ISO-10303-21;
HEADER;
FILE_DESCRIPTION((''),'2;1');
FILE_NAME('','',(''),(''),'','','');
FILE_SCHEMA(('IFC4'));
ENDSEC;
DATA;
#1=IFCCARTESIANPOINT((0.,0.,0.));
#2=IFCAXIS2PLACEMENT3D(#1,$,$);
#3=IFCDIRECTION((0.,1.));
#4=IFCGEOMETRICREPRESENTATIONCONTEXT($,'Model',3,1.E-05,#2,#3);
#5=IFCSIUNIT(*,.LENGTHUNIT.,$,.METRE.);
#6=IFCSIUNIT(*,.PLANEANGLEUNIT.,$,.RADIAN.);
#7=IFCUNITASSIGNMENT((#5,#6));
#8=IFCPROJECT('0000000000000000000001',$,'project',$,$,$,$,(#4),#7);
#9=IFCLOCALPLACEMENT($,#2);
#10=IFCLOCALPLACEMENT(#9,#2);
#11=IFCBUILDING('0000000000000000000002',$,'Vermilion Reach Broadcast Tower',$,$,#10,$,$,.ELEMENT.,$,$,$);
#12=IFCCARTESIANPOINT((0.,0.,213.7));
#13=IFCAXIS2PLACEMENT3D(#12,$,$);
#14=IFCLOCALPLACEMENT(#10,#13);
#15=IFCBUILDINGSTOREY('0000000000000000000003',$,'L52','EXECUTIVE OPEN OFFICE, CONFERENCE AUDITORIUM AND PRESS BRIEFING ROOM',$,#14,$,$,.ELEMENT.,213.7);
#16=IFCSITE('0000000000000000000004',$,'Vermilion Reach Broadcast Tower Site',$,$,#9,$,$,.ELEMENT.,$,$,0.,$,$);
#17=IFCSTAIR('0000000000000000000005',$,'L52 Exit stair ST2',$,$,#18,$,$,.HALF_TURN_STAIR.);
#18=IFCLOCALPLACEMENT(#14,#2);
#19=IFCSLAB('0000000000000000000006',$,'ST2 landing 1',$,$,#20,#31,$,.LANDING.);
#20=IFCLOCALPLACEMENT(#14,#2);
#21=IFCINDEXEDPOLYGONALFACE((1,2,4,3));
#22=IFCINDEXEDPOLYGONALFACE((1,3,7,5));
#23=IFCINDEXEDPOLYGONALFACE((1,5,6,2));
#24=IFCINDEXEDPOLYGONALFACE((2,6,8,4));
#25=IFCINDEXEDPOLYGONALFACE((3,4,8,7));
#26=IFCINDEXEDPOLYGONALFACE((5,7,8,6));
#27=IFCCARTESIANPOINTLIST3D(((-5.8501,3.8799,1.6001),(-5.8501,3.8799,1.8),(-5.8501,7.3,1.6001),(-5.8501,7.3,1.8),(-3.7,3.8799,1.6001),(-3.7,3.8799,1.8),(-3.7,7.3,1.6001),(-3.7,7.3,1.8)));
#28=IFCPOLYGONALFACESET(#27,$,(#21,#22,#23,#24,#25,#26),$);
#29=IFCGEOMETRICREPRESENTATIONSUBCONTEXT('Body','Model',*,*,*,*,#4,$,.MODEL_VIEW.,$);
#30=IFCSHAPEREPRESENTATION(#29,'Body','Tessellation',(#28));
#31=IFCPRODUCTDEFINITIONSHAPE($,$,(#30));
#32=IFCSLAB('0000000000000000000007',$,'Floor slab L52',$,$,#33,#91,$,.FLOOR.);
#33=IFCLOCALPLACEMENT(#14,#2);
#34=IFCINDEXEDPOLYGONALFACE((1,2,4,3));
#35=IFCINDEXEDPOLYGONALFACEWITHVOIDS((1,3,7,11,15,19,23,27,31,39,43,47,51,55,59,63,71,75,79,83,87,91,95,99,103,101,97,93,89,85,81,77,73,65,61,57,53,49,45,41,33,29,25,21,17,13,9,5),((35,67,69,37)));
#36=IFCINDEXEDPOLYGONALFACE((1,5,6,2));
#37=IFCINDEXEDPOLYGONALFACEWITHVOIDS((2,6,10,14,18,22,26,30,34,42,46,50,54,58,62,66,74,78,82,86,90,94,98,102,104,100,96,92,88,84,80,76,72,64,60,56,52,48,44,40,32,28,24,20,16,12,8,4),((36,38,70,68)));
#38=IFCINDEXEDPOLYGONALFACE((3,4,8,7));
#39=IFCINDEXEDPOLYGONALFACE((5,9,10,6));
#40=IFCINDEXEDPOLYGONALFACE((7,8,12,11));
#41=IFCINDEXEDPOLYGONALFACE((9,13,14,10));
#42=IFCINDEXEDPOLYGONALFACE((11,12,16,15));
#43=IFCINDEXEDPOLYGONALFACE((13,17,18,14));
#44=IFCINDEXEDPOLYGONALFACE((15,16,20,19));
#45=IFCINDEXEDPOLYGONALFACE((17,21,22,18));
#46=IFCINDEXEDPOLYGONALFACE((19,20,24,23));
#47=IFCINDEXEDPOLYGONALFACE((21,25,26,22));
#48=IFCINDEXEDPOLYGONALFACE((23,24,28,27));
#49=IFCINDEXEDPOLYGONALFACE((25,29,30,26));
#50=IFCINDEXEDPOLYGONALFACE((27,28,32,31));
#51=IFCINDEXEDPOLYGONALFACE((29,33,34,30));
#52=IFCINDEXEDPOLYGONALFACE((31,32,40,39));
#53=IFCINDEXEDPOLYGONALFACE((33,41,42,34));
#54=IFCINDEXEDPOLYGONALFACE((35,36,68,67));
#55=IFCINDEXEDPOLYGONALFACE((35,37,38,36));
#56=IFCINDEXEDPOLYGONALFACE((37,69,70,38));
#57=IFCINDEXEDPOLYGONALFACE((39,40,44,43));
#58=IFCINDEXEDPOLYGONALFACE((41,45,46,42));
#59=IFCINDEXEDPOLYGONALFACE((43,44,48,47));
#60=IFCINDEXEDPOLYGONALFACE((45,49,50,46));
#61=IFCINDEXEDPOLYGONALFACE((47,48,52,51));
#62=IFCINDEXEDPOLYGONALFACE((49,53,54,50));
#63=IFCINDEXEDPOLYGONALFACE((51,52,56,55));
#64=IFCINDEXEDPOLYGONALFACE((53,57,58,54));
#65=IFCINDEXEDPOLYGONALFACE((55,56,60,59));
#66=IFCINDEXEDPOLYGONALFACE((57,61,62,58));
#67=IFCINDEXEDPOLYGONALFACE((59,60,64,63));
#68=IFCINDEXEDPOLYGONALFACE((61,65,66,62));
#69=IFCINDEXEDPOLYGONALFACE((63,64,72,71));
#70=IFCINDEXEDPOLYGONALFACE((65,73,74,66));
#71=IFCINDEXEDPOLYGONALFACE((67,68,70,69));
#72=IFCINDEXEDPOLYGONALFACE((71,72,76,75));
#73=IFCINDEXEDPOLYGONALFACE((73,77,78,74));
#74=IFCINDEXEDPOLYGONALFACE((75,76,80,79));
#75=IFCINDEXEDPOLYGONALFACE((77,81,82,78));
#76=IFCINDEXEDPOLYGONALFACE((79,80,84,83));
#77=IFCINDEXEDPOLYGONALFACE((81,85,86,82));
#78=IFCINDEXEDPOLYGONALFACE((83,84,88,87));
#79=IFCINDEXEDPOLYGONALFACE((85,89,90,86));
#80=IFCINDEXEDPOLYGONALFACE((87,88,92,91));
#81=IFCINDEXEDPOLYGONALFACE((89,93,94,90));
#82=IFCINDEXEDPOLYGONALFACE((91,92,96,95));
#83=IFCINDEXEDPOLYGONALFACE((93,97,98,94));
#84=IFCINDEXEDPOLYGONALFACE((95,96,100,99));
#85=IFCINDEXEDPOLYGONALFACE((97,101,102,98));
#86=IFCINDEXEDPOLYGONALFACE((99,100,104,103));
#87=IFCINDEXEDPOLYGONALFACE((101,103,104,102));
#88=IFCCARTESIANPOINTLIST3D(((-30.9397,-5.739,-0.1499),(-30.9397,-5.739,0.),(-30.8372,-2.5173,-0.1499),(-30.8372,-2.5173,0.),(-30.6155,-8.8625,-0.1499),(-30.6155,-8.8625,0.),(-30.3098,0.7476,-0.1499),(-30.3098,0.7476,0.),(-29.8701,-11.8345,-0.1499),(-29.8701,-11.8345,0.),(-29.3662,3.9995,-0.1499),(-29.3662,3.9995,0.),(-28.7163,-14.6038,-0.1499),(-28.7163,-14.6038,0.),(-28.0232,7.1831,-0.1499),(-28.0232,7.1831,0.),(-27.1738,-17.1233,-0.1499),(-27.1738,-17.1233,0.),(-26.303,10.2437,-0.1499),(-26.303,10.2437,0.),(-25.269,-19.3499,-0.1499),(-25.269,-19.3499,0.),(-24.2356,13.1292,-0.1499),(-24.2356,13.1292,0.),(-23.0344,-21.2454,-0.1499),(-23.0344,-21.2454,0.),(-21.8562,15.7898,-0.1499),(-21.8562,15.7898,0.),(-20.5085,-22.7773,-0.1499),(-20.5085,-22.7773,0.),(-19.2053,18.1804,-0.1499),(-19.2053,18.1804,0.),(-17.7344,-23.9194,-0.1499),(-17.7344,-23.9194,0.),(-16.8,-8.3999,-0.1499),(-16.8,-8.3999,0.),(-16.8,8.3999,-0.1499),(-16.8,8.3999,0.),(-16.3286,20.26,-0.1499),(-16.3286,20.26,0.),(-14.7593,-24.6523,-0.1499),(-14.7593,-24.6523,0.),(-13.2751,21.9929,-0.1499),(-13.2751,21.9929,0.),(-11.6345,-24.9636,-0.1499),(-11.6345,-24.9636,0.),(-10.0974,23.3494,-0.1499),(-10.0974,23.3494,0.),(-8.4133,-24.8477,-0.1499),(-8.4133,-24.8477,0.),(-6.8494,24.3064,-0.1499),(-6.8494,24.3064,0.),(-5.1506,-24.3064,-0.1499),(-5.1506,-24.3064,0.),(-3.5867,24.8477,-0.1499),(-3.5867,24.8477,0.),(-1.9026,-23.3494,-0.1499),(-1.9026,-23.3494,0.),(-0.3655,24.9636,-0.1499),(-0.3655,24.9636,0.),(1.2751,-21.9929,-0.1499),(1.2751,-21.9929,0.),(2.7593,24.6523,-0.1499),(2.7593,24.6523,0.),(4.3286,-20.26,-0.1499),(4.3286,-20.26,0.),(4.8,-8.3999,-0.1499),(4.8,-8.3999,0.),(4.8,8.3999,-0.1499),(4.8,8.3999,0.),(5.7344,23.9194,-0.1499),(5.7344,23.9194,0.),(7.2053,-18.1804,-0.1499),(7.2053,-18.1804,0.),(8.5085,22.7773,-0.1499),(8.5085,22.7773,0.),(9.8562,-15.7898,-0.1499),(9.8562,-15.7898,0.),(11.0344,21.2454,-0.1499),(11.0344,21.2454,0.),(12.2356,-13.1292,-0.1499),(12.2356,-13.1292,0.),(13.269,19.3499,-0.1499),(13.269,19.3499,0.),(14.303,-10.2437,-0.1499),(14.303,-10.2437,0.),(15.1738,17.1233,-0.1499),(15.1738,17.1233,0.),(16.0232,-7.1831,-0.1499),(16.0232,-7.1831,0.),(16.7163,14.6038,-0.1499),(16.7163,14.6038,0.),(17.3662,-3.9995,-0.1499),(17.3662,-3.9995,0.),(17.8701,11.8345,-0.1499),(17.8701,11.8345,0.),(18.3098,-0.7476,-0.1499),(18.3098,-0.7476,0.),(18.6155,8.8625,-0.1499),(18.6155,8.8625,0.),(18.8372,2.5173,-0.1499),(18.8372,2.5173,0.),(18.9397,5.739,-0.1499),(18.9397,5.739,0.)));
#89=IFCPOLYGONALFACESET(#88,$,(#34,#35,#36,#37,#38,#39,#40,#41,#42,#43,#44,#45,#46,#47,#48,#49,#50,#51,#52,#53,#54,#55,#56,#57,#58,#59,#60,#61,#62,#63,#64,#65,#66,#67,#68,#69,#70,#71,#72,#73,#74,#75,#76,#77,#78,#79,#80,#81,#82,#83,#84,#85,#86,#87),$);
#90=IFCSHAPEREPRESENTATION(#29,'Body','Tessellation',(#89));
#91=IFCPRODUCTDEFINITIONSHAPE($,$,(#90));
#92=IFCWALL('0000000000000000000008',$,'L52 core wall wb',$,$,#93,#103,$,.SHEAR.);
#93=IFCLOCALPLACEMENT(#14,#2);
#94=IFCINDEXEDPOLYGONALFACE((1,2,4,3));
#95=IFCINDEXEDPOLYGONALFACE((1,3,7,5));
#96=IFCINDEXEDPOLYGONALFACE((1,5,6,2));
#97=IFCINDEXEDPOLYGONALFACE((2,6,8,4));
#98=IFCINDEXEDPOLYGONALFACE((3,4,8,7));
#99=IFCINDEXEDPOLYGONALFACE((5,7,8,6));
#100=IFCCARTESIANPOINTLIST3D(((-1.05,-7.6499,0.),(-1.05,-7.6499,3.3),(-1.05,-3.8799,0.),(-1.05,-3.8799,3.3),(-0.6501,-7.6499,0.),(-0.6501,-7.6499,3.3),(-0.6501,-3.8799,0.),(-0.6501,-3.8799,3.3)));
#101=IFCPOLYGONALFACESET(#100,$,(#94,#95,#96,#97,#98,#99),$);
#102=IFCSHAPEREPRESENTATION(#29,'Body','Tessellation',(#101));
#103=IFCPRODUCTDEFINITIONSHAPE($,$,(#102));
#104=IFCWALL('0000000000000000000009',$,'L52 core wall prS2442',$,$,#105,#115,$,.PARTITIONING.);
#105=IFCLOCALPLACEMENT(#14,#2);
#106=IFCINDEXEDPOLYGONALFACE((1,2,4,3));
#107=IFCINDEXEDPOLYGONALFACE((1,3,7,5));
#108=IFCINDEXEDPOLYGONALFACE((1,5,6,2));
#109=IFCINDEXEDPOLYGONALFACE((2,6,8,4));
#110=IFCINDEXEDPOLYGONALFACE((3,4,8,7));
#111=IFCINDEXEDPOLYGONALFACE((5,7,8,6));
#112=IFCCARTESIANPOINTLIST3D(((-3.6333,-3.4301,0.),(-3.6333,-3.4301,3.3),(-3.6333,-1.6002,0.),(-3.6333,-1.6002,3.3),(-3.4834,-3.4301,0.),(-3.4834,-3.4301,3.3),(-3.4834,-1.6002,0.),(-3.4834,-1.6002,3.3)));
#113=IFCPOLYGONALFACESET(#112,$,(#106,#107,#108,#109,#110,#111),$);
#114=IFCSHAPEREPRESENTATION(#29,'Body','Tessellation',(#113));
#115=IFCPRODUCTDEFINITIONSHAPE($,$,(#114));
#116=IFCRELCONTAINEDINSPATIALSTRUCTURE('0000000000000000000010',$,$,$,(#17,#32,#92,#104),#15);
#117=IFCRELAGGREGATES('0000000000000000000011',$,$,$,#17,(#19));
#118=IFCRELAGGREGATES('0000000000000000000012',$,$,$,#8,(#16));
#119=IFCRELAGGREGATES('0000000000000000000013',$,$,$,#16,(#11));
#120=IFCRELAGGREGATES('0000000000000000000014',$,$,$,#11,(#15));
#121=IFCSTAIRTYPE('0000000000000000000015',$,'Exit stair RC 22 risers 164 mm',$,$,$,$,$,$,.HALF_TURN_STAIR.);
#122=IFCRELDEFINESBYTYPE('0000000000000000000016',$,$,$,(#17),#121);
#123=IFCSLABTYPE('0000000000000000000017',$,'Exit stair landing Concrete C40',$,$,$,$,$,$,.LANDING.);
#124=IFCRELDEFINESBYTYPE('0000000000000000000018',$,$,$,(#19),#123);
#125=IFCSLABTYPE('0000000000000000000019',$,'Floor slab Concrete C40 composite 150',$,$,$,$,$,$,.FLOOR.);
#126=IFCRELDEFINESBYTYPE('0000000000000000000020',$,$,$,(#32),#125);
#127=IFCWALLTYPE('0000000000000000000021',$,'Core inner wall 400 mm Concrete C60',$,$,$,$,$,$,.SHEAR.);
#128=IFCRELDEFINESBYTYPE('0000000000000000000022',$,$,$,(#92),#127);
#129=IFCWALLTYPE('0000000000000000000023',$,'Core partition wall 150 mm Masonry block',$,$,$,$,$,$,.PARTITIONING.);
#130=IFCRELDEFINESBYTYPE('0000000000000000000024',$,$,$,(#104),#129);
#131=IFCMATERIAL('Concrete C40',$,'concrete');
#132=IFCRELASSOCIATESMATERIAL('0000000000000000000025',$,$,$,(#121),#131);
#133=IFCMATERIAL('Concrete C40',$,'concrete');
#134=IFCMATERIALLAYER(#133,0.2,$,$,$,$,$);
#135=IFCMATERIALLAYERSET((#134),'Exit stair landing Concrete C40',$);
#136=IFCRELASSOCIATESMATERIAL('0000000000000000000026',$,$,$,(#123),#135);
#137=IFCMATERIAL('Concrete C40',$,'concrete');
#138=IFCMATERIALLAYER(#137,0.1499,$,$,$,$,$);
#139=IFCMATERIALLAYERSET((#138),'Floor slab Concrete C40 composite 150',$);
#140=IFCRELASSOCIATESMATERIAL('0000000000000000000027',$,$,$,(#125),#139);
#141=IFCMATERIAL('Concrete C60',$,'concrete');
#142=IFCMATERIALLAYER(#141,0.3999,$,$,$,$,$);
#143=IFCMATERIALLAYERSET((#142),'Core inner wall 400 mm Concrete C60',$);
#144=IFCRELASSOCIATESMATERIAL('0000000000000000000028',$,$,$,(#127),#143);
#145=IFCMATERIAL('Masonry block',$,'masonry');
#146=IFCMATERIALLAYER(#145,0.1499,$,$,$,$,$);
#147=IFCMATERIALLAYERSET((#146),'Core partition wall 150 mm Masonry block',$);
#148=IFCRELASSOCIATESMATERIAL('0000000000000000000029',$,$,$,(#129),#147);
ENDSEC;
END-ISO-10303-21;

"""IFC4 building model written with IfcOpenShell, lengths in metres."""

from ifc_helpers import new_model, si_unit, direction, frame, frame_2d, origin, place, context, subcontext, project, spatial, polyline, rectangle, outline, extrude, material, layer, layer_set, type_object, element, aggregate, save


model = new_model("IFC4")

# Units and contexts
model_context = context("Model", 3, precision=1e-05, world=origin(), true_north=direction((0.0, 1.0)))
body_context = subcontext(model_context, "Body", "Model", "MODEL_VIEW")
ifc_project = project(units=[si_unit("LENGTHUNIT", "METRE"), si_unit("PLANEANGLEUNIT", "RADIAN")], contexts=[model_context])

# Site, building, storey
site_placement = place(None, origin())
site = spatial("IfcSite", under=ifc_project, at=site_placement, Name="Vermilion Reach Broadcast Tower Site", CompositionType="ELEMENT", RefElevation=0.0)
building_placement = place(site_placement, origin())
building = spatial("IfcBuilding", under=site, at=building_placement, Name="Vermilion Reach Broadcast Tower", CompositionType="ELEMENT")
storey_placement = place(building_placement, frame((0.0, 0.0, 213.7)))
storey = spatial("IfcBuildingStorey", under=building, at=storey_placement, Name="L52", Description="EXECUTIVE OPEN OFFICE, CONFERENCE AUDITORIUM AND PRESS BRIEFING ROOM", CompositionType="ELEMENT", Elevation=213.7)

# Stair, slab
ifc_material_1 = material(Name="Concrete C40", Category="concrete")
stair_type = type_object("IfcStairType", Name="Exit stair RC 22 risers 164 mm", PredefinedType="HALF_TURN_STAIR", material=ifc_material_1)
placement_1 = place(storey_placement, origin())
ifc_material_2 = material(Name="Concrete C40", Category="concrete")
ifc_layer_1 = layer(ifc_material_2, 0.2)
ifc_layer_set_1 = layer_set([ifc_layer_1], Name="Exit stair landing Concrete C40")
slab_type_1 = type_object("IfcSlabType", Name="Exit stair landing Concrete C40", PredefinedType="LANDING", material=ifc_layer_set_1)
placement_2 = place(storey_placement, frame((0.0, 0.0, 1.6001)))
stair_1 = element("IfcStair", 1, at=placement_1, inside=storey, type_object=stair_type, Name="L52 Exit stair ST2", PredefinedType="HALF_TURN_STAIR")
slab_1 = element("IfcSlab", 2, at=placement_2, type_object=slab_type_1, Name="ST2 landing 1", PredefinedType="LANDING", context=body_context, shape_type="SweptSolid", body=[
    extrude(outline(polyline([(-3.7, 7.3), (-5.8501, 7.3), (-5.8501, 3.8799), (-3.7, 3.8799), (-3.7, 7.3)])), origin(), (0.0, 0.0, 1.0), 0.2),
])
aggregate(stair_1, [slab_1])

# Slab
ifc_material_3 = material(Name="Concrete C40", Category="concrete")
ifc_layer_2 = layer(ifc_material_3, 0.1499)
ifc_layer_set_2 = layer_set([ifc_layer_2], Name="Floor slab Concrete C40 composite 150")
slab_type_2 = type_object("IfcSlabType", Name="Floor slab Concrete C40 composite 150", PredefinedType="FLOOR", material=ifc_layer_set_2)
slab_2_placement = place(storey_placement, frame((0.0, 0.0, -0.1499)))
element("IfcSlab", 3, at=slab_2_placement, inside=storey, type_object=slab_type_2, Name="Floor slab L52", PredefinedType="FLOOR", context=body_context, shape_type="SweptSolid", body=[
    extrude(outline(polyline([(13.269, 19.3499), (11.0344, 21.2454), (8.5085, 22.7773), (5.7344, 23.9194), (2.7593, 24.6523), (-0.3655, 24.9636), (-3.5867, 24.8477), (-6.8494, 24.3064), (-10.0974, 23.3494), (-13.2751, 21.9929), (-16.3286, 20.26), (-19.2053, 18.1804), (-21.8562, 15.7898), (-24.2356, 13.1292), (-26.303, 10.2437), (-28.0232, 7.1831), (-29.3662, 3.9995), (-30.3098, 0.7476), (-30.8372, -2.5173), (-30.9397, -5.739), (-30.6155, -8.8625), (-29.8701, -11.8345), (-28.7163, -14.6038), (-27.1738, -17.1233), (-25.269, -19.3499), (-23.0344, -21.2454), (-20.5085, -22.7773), (-17.7344, -23.9194), (-14.7593, -24.6523), (-11.6345, -24.9636), (-8.4133, -24.8477), (-5.1506, -24.3064), (-1.9026, -23.3494), (1.2751, -21.9929), (4.3286, -20.26), (7.2053, -18.1804), (9.8562, -15.7898), (12.2356, -13.1292), (14.303, -10.2437), (16.0232, -7.1831), (17.3662, -3.9995), (18.3098, -0.7476), (18.8372, 2.5173), (18.9397, 5.739), (18.6155, 8.8625), (17.8701, 11.8345), (16.7163, 14.6038), (15.1738, 17.1233), (13.269, 19.3499)]), holes=[polyline([(-16.8, -8.3999), (4.8, -8.3999), (4.8, 8.3999), (-16.8, 8.3999), (-16.8, -8.3999)])]), origin(), (0.0, 0.0, 1.0), 0.1499),
])

# Walls
ifc_material_4 = material(Name="Concrete C60", Category="concrete")
ifc_layer_3 = layer(ifc_material_4, 0.3999)
ifc_layer_set_3 = layer_set([ifc_layer_3], Name="Core inner wall 400 mm Concrete C60")
wall_type_1 = type_object("IfcWallType", Name="Core inner wall 400 mm Concrete C60", PredefinedType="SHEAR", material=ifc_layer_set_3)
wall_1_placement = place(storey_placement, frame((-0.8501, -3.8799, 0.0), z_axis=(0.0, 0.0, 1.0), x_axis=(0.0, -1.0, 0.0)))
element("IfcWall", 4, at=wall_1_placement, inside=storey, type_object=wall_type_1, Name="L52 core wall wb", PredefinedType="SHEAR", context=body_context, shape_type="SweptSolid", body=[
    extrude(rectangle(XDim=3.77, YDim=0.3999, at=frame_2d((1.885, 0.0))), origin(), (0.0, 0.0, 1.0), 3.3),
])
ifc_material_5 = material(Name="Masonry block", Category="masonry")
ifc_layer_4 = layer(ifc_material_5, 0.1499)
ifc_layer_set_4 = layer_set([ifc_layer_4], Name="Core partition wall 150 mm Masonry block")
wall_type_2 = type_object("IfcWallType", Name="Core partition wall 150 mm Masonry block", PredefinedType="PARTITIONING", material=ifc_layer_set_4)
wall_2_placement = place(storey_placement, frame((-3.5583, -1.6001, 0.0), z_axis=(0.0, 0.0, 1.0), x_axis=(0.0, -1.0, 0.0)))
element("IfcWall", 5, at=wall_2_placement, inside=storey, type_object=wall_type_2, Name="L52 core wall prS2442", PredefinedType="PARTITIONING", context=body_context, shape_type="SweptSolid", body=[
    extrude(rectangle(XDim=1.8298, YDim=0.1499, at=frame_2d((0.915, 0.0))), origin(), (0.0, 0.0, 1.0), 3.3),
])

save(model, "model.ifc")
